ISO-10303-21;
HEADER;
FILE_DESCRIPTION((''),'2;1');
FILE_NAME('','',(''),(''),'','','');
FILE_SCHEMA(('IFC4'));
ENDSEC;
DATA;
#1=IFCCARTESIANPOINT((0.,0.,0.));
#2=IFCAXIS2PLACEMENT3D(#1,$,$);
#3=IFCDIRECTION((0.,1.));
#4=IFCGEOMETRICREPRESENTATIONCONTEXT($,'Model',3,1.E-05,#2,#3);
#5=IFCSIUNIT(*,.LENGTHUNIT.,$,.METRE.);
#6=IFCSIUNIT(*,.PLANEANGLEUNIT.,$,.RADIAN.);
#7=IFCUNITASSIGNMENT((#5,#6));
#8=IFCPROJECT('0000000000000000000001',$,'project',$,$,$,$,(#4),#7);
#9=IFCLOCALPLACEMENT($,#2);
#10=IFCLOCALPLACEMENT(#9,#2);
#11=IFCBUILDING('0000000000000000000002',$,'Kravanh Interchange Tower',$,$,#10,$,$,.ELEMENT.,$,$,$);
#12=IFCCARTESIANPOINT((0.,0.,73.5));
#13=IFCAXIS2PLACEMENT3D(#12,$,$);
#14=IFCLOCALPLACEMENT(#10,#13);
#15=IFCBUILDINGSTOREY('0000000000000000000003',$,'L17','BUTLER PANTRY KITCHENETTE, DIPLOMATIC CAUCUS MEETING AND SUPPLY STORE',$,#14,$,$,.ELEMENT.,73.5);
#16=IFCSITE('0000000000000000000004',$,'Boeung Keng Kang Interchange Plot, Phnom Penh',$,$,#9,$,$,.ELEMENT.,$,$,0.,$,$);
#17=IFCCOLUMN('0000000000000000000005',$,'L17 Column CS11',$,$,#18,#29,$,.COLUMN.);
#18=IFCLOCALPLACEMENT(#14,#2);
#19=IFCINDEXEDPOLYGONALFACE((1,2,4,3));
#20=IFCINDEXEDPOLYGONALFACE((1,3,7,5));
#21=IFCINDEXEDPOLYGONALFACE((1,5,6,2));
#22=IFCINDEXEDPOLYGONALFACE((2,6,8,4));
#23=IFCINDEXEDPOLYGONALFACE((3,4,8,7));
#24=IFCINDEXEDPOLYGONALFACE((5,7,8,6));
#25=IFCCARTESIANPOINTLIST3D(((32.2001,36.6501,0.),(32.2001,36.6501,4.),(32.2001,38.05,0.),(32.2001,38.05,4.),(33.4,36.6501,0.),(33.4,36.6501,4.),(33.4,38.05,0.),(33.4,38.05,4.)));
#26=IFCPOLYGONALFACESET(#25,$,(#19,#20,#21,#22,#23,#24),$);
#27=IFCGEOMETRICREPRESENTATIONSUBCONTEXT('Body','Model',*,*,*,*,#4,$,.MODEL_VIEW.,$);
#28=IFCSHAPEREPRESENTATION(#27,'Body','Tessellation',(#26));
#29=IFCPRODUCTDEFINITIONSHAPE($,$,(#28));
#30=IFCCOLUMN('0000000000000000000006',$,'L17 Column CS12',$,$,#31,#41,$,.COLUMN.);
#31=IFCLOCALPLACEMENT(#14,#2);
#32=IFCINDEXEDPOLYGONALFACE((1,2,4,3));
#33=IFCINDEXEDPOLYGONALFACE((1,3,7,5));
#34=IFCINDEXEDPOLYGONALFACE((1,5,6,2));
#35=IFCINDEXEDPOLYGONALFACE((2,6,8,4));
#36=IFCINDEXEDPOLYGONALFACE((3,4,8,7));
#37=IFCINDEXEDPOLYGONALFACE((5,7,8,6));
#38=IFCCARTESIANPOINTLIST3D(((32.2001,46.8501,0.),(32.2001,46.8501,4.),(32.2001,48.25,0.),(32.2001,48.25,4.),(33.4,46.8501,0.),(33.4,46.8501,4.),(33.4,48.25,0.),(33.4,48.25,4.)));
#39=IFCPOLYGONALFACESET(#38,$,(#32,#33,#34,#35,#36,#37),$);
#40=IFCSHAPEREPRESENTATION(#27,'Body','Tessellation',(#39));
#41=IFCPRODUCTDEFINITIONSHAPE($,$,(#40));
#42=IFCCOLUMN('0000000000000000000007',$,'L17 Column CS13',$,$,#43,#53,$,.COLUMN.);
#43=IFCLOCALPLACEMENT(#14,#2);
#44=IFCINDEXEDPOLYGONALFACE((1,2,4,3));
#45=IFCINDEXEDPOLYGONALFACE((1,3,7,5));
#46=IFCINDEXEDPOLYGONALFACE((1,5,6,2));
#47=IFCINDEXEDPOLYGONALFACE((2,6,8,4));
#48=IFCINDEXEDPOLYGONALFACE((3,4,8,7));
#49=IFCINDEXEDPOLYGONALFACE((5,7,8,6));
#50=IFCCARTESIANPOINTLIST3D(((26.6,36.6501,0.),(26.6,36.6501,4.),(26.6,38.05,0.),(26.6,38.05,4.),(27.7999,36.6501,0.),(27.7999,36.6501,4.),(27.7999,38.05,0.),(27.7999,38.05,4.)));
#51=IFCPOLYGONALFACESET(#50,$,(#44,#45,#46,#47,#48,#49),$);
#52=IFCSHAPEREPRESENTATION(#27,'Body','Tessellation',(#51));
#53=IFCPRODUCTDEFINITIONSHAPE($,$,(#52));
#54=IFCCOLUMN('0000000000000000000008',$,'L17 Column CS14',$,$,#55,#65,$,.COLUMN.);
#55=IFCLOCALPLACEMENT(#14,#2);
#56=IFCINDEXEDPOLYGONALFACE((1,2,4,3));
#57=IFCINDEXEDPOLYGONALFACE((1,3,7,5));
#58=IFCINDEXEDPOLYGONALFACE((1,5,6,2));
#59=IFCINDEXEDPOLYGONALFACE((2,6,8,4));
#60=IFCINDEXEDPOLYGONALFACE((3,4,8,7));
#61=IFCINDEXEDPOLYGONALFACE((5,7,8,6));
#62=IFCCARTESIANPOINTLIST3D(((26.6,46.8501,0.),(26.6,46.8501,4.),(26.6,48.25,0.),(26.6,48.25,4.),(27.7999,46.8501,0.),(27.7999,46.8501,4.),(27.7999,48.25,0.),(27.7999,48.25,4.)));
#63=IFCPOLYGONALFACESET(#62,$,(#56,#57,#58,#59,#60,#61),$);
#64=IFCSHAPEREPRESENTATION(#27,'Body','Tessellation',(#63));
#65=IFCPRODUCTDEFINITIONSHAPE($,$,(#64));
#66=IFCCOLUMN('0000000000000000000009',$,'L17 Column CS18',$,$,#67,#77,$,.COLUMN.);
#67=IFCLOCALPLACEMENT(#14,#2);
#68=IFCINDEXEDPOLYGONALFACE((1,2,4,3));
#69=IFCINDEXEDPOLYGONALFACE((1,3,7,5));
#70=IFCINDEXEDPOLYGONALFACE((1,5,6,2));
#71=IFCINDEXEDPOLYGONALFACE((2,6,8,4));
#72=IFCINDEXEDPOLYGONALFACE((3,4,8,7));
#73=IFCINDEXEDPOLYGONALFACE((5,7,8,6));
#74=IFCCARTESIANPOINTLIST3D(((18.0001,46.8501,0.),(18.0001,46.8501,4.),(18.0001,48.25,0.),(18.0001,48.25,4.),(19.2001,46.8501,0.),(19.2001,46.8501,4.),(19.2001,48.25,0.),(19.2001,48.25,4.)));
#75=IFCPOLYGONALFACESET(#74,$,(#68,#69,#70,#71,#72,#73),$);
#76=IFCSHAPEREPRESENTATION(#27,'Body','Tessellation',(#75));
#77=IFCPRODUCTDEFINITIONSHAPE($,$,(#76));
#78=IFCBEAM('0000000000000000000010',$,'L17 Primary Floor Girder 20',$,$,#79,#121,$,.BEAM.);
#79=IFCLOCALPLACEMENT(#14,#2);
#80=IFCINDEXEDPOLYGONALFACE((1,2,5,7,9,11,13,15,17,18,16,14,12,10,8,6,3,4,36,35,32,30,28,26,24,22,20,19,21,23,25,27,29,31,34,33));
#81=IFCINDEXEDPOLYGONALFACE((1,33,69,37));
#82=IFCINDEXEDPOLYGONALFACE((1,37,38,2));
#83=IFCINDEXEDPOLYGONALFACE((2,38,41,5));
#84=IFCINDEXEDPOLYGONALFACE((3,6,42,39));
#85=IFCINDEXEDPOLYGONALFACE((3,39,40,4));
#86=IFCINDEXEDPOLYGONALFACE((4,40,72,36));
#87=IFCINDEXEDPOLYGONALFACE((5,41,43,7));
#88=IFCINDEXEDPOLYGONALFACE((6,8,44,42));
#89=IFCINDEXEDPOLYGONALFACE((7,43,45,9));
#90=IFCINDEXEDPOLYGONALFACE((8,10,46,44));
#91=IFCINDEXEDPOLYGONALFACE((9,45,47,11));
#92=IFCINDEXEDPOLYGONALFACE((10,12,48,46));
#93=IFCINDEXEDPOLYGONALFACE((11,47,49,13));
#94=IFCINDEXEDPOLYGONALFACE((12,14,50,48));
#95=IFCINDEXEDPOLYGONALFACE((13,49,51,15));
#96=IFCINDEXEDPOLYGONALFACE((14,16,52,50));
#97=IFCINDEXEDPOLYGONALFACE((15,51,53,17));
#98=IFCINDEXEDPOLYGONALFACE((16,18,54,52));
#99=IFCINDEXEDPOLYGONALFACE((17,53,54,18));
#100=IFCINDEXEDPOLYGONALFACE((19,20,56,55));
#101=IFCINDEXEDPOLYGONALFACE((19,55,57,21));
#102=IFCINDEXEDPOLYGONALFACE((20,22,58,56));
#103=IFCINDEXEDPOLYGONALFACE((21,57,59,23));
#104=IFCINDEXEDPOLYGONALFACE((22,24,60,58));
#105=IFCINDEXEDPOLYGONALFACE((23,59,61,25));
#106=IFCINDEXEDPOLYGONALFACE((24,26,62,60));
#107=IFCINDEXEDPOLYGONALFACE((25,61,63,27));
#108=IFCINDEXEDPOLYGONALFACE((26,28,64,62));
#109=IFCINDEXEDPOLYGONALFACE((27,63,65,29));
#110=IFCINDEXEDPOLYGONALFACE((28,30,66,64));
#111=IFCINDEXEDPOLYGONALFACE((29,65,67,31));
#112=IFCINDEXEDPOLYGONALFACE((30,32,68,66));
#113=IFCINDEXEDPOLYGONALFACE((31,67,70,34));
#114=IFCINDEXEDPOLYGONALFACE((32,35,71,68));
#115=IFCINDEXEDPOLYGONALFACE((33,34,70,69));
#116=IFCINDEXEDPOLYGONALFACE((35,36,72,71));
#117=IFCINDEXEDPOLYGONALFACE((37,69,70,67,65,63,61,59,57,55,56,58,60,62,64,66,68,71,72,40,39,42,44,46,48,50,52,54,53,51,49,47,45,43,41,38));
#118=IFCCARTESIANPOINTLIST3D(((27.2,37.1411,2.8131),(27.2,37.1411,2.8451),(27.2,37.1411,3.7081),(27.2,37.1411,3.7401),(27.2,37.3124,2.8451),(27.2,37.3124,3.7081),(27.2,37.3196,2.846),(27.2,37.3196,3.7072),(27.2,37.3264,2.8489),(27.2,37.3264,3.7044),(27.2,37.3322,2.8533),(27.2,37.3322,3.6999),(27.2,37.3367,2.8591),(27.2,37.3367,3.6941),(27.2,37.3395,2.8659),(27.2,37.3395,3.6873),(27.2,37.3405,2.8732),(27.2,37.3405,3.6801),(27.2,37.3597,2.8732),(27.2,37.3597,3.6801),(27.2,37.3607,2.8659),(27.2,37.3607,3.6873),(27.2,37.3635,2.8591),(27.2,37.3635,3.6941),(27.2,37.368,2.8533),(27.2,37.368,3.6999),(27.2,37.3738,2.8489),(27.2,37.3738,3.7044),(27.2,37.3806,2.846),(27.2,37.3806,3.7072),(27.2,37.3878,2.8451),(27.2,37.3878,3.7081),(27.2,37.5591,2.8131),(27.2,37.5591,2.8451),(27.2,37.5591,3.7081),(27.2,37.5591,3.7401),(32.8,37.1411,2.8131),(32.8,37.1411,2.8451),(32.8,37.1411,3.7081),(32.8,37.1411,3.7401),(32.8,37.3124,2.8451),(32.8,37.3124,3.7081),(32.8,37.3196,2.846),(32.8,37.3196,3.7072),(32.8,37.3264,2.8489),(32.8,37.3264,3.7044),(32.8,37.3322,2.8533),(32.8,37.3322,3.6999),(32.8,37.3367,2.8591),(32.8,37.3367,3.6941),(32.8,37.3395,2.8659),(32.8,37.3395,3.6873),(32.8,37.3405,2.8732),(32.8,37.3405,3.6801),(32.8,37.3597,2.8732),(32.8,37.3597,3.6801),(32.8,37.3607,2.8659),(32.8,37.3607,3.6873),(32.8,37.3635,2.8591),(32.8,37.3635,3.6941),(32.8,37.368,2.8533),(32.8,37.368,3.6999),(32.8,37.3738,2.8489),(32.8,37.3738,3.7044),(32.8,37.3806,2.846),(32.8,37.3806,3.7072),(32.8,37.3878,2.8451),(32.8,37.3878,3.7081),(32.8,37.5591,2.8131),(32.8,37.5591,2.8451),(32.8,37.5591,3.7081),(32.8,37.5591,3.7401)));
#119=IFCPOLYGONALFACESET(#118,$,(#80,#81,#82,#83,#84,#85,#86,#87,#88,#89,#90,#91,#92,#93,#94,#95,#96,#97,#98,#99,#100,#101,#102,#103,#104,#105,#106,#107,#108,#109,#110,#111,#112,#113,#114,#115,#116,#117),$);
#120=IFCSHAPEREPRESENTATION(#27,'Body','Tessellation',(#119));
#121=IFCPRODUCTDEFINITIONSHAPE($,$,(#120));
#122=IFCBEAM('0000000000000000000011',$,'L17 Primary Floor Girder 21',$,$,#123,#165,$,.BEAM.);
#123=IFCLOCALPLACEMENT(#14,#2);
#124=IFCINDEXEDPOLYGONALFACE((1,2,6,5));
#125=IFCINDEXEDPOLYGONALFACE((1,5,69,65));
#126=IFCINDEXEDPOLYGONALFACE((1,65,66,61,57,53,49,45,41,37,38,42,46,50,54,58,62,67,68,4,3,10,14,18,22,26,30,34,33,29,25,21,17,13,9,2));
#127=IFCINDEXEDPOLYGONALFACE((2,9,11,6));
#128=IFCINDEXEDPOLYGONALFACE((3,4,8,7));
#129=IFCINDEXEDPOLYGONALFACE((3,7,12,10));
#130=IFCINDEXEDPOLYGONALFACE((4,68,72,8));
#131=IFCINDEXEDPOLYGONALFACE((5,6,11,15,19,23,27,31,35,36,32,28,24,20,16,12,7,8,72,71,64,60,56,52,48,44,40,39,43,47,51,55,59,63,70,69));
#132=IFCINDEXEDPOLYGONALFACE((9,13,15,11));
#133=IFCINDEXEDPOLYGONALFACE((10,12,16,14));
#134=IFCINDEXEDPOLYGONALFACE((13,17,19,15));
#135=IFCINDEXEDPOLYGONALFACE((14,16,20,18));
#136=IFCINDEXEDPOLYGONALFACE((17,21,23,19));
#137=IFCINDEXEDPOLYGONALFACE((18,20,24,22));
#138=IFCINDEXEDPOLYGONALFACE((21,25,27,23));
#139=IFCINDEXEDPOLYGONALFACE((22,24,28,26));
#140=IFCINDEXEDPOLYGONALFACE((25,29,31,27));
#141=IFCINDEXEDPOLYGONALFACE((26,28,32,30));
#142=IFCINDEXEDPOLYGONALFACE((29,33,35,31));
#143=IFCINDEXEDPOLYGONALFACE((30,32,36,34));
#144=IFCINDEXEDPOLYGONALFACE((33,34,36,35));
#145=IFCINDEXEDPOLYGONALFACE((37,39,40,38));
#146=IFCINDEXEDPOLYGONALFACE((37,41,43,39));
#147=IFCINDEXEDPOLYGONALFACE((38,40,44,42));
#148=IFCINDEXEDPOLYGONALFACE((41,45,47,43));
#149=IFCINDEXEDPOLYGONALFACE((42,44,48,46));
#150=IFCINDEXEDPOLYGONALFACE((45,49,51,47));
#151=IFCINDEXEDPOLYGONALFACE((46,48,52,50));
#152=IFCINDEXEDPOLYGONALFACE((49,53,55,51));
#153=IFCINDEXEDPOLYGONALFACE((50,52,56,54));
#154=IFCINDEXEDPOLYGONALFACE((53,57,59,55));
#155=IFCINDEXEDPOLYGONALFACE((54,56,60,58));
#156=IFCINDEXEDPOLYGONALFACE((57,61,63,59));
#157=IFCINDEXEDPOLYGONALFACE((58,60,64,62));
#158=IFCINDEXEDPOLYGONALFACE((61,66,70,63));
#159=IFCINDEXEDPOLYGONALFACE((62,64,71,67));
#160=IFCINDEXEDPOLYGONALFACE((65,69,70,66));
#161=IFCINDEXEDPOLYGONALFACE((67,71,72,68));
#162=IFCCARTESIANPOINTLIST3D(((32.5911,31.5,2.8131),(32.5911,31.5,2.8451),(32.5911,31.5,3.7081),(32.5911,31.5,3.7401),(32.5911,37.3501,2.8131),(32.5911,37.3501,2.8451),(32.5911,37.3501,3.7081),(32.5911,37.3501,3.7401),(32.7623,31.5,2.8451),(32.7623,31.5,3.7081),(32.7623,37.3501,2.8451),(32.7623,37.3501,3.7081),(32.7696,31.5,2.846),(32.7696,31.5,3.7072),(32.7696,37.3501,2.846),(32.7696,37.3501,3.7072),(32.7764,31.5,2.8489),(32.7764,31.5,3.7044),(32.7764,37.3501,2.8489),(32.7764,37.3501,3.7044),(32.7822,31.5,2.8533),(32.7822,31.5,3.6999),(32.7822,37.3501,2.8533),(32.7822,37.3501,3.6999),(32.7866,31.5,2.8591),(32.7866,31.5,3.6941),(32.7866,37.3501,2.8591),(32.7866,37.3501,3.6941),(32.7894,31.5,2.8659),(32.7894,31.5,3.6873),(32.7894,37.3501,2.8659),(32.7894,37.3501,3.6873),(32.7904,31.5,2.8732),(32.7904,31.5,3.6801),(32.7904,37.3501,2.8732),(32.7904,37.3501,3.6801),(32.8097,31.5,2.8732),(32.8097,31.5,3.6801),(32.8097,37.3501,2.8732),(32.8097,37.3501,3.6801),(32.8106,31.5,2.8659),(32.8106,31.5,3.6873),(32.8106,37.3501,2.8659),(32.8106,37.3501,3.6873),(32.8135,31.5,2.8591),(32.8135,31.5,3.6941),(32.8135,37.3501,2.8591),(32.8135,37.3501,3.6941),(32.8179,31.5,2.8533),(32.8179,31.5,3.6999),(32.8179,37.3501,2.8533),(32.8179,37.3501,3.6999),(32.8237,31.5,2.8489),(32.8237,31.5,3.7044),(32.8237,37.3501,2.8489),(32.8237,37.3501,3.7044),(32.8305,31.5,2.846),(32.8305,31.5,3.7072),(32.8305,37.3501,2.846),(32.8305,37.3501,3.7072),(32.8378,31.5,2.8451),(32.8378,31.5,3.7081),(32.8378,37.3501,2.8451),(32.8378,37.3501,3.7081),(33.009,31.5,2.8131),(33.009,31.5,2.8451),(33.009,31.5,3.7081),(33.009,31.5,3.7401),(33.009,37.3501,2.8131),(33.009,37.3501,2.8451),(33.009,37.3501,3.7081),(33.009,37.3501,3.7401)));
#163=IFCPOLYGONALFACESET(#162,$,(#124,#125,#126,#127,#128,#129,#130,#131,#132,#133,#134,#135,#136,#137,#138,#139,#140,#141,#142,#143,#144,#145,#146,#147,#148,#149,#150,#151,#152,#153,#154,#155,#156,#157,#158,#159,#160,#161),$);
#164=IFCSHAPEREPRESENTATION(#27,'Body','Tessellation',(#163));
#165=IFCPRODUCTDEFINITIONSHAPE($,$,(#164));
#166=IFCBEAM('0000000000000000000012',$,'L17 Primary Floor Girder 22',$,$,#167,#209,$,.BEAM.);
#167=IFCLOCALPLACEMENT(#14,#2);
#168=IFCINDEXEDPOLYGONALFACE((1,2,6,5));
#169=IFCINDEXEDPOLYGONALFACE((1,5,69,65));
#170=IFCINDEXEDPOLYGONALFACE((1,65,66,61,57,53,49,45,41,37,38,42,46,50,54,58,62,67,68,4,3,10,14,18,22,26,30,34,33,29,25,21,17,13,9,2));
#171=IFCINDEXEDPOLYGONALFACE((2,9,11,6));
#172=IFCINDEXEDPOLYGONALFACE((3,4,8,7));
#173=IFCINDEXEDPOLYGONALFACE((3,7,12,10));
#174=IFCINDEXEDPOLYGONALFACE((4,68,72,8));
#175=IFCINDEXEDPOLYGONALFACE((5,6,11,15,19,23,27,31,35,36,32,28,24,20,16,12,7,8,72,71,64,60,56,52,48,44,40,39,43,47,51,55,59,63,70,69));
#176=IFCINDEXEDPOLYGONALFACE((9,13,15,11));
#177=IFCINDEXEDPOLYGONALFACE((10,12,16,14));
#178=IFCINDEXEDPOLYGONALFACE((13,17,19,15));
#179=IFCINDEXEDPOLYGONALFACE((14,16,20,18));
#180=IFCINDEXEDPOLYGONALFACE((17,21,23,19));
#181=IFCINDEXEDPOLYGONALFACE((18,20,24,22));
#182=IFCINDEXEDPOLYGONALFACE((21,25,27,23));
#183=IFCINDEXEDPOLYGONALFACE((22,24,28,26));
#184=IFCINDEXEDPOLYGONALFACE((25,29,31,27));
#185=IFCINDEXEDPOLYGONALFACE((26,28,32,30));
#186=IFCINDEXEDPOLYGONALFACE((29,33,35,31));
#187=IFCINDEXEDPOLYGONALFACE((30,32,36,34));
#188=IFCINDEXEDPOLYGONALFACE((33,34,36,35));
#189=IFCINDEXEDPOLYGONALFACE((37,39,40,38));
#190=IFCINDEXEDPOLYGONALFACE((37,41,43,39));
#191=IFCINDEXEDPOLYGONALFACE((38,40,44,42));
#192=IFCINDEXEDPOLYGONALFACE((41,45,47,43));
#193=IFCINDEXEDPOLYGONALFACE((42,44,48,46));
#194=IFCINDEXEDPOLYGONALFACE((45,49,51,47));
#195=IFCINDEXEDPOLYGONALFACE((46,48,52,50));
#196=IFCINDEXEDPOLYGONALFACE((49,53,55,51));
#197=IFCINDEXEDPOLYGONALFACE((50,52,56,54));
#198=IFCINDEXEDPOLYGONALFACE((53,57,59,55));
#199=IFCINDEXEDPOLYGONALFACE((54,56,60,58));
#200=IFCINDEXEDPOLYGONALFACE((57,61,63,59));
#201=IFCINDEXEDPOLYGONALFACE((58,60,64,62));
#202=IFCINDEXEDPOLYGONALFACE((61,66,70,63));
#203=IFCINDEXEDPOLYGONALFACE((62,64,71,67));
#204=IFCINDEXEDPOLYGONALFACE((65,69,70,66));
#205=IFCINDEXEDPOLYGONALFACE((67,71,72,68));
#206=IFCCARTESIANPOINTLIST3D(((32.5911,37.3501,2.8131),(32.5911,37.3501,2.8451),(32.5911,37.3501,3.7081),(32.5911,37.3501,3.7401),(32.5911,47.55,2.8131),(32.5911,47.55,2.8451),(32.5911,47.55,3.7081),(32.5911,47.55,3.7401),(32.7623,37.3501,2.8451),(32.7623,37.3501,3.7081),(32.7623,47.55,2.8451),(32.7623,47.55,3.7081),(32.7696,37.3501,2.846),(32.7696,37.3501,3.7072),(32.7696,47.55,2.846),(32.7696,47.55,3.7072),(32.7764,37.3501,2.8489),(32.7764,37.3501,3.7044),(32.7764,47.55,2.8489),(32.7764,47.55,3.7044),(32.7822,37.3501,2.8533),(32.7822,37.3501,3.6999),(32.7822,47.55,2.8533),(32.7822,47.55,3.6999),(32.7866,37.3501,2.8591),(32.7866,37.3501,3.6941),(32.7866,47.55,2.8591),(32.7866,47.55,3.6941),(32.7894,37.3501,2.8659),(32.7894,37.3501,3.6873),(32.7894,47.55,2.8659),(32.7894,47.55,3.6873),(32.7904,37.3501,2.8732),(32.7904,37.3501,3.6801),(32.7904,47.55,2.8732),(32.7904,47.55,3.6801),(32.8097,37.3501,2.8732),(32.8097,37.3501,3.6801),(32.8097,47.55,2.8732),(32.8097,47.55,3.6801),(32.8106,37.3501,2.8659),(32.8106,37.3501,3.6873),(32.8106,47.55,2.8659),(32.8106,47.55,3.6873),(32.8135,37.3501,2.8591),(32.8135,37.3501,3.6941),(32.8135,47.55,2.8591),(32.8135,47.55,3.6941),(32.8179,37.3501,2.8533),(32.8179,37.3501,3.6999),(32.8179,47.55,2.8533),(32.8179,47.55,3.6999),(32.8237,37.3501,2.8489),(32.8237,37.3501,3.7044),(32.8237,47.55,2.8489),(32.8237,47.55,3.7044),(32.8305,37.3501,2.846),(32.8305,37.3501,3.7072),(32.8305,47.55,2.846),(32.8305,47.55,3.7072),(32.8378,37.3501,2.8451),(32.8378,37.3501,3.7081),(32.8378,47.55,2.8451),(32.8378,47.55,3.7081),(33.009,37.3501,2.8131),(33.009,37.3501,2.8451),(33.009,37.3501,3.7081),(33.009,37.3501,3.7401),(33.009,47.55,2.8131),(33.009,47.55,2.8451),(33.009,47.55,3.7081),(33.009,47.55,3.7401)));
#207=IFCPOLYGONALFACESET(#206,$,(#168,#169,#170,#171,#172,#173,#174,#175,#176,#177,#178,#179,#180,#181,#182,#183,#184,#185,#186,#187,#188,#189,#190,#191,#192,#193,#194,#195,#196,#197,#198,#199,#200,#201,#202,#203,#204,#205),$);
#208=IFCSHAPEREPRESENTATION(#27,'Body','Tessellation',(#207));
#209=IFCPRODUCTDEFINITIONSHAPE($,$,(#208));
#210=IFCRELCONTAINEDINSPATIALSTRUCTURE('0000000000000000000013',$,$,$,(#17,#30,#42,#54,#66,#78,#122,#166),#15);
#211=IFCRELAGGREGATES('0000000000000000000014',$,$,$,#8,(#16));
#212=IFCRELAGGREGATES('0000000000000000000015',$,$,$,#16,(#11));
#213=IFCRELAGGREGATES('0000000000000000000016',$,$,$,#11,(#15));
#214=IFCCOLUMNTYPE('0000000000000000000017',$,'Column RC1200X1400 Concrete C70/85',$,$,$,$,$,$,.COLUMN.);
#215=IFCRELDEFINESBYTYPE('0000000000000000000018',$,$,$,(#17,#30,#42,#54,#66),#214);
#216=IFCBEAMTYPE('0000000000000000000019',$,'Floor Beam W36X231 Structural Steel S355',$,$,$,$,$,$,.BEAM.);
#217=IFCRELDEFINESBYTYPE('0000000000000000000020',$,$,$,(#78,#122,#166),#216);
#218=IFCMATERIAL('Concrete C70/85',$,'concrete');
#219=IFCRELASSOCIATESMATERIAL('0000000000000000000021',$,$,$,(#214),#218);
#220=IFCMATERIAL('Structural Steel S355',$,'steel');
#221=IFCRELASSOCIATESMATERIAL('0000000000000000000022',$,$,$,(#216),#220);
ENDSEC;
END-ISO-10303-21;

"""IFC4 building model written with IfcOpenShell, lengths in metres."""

from ifc_helpers import new_model, si_unit, direction, frame, origin, origin_2d, place, context, subcontext, project, spatial, rectangle, i_section, extrude, material, material_profile, profile_set, type_object, element, save


model = new_model("IFC4")

# Units and contexts
model_context = context("Model", 3, precision=1e-05, world=origin(), true_north=direction((0.0, 1.0)))
body_context = subcontext(model_context, "Body", "Model", "MODEL_VIEW")
ifc_project = project(units=[si_unit("LENGTHUNIT", "METRE"), si_unit("PLANEANGLEUNIT", "RADIAN")], contexts=[model_context])

# Site, building, storey
site_placement = place(None, origin())
site = spatial("IfcSite", under=ifc_project, at=site_placement, Name="Boeung Keng Kang Interchange Plot, Phnom Penh", CompositionType="ELEMENT", RefElevation=0.0)
building_placement = place(site_placement, origin())
building = spatial("IfcBuilding", under=site, at=building_placement, Name="Kravanh Interchange Tower", CompositionType="ELEMENT")
storey_placement = place(building_placement, frame((0.0, 0.0, 73.5)))
storey = spatial("IfcBuildingStorey", under=building, at=storey_placement, Name="L17", Description="BUTLER PANTRY KITCHENETTE, DIPLOMATIC CAUCUS MEETING AND SUPPLY STORE", CompositionType="ELEMENT", Elevation=73.5)

# Columns
ifc_material_1 = material(Name="Concrete C70/85", Category="concrete")
ifc_material_profile_1 = material_profile(ifc_material_1, rectangle(XDim=1.2, YDim=1.3999, at=origin_2d()), Name="RC1200X1400")
ifc_profile_set_1 = profile_set([ifc_material_profile_1], Name="Concrete C70/85")
column_type = type_object("IfcColumnType", Name="Column RC1200X1400 Concrete C70/85", PredefinedType="COLUMN", material=ifc_profile_set_1)
for number, where, z_axis, x_axis, name in (
    (1, (32.8, 37.3501, 0.0), (0.0, 0.0, 1.0), (1.0, 0.0, 0.0), "L17 Column CS11"),
    (2, (32.8, 47.55, 0.0), (0.0, 0.0, 1.0), (1.0, 0.0, 0.0), "L17 Column CS12"),
    (3, (27.2, 37.3501, 0.0), (0.0, 0.0, 1.0), (1.0, 0.0, 0.0), "L17 Column CS13"),
    (4, (27.2, 47.55, 0.0), (0.0, 0.0, 1.0), (1.0, 0.0, 0.0), "L17 Column CS14"),
    (5, (18.6001, 47.55, 0.0), (0.0, 0.0, 1.0), (1.0, 0.0, 0.0), "L17 Column CS18"),
):
    element("IfcColumn", number, at=place(storey_placement, frame(where, z_axis=z_axis, x_axis=x_axis)), inside=storey, type_object=column_type, Name=name, PredefinedType="COLUMN", context=body_context, shape_type="SweptSolid", body=[
        extrude(rectangle(XDim=1.2, YDim=1.3999, at=origin_2d()), origin(), (0.0, 0.0, 1.0), 4.0),
    ])

# Beams
ifc_material_2 = material(Name="Structural Steel S355", Category="steel")
ifc_material_profile_2 = material_profile(ifc_material_2, i_section(OverallWidth=0.418, OverallDepth=0.927, WebThickness=0.0193, FlangeThickness=0.032, FilletRadius=0.0281, at=origin_2d()), Name="W36X231")
ifc_profile_set_2 = profile_set([ifc_material_profile_2], Name="Structural Steel S355")
beam_type = type_object("IfcBeamType", Name="Floor Beam W36X231 Structural Steel S355", PredefinedType="BEAM", material=ifc_profile_set_2)
beam_1_placement = place(storey_placement, frame((32.8, 37.3501, 3.2766), z_axis=(-1.0, 0.0, 0.0), x_axis=(0.0, -1.0, 0.0)))
element("IfcBeam", 6, at=beam_1_placement, inside=storey, type_object=beam_type, Name="L17 Primary Floor Girder 20", PredefinedType="BEAM", context=body_context, shape_type="SweptSolid", body=[
    extrude(i_section(OverallWidth=0.418, OverallDepth=0.927, WebThickness=0.0193, FlangeThickness=0.032, FilletRadius=0.0281, at=origin_2d()), origin(), (0.0, 0.0, 1.0), 5.6001),
])
beam_2_placement = place(storey_placement, frame((32.8, 37.3501, 3.2766), z_axis=(0.0, -1.0, 0.0), x_axis=(1.0, 0.0, 0.0)))
element("IfcBeam", 7, at=beam_2_placement, inside=storey, type_object=beam_type, Name="L17 Primary Floor Girder 21", PredefinedType="BEAM", context=body_context, shape_type="SweptSolid", body=[
    extrude(i_section(OverallWidth=0.418, OverallDepth=0.927, WebThickness=0.0193, FlangeThickness=0.032, FilletRadius=0.0281, at=origin_2d()), origin(), (0.0, 0.0, 1.0), 5.8501),
])
beam_3_placement = place(storey_placement, frame((32.8, 37.3501, 3.2766), z_axis=(0.0, 1.0, 0.0), x_axis=(-1.0, 0.0, 0.0)))
element("IfcBeam", 8, at=beam_3_placement, inside=storey, type_object=beam_type, Name="L17 Primary Floor Girder 22", PredefinedType="BEAM", context=body_context, shape_type="SweptSolid", body=[
    extrude(i_section(OverallWidth=0.418, OverallDepth=0.927, WebThickness=0.0193, FlangeThickness=0.032, FilletRadius=0.0281, at=origin_2d()), origin(), (0.0, 0.0, 1.0), 10.2),
])

save(model, "model.ifc")
